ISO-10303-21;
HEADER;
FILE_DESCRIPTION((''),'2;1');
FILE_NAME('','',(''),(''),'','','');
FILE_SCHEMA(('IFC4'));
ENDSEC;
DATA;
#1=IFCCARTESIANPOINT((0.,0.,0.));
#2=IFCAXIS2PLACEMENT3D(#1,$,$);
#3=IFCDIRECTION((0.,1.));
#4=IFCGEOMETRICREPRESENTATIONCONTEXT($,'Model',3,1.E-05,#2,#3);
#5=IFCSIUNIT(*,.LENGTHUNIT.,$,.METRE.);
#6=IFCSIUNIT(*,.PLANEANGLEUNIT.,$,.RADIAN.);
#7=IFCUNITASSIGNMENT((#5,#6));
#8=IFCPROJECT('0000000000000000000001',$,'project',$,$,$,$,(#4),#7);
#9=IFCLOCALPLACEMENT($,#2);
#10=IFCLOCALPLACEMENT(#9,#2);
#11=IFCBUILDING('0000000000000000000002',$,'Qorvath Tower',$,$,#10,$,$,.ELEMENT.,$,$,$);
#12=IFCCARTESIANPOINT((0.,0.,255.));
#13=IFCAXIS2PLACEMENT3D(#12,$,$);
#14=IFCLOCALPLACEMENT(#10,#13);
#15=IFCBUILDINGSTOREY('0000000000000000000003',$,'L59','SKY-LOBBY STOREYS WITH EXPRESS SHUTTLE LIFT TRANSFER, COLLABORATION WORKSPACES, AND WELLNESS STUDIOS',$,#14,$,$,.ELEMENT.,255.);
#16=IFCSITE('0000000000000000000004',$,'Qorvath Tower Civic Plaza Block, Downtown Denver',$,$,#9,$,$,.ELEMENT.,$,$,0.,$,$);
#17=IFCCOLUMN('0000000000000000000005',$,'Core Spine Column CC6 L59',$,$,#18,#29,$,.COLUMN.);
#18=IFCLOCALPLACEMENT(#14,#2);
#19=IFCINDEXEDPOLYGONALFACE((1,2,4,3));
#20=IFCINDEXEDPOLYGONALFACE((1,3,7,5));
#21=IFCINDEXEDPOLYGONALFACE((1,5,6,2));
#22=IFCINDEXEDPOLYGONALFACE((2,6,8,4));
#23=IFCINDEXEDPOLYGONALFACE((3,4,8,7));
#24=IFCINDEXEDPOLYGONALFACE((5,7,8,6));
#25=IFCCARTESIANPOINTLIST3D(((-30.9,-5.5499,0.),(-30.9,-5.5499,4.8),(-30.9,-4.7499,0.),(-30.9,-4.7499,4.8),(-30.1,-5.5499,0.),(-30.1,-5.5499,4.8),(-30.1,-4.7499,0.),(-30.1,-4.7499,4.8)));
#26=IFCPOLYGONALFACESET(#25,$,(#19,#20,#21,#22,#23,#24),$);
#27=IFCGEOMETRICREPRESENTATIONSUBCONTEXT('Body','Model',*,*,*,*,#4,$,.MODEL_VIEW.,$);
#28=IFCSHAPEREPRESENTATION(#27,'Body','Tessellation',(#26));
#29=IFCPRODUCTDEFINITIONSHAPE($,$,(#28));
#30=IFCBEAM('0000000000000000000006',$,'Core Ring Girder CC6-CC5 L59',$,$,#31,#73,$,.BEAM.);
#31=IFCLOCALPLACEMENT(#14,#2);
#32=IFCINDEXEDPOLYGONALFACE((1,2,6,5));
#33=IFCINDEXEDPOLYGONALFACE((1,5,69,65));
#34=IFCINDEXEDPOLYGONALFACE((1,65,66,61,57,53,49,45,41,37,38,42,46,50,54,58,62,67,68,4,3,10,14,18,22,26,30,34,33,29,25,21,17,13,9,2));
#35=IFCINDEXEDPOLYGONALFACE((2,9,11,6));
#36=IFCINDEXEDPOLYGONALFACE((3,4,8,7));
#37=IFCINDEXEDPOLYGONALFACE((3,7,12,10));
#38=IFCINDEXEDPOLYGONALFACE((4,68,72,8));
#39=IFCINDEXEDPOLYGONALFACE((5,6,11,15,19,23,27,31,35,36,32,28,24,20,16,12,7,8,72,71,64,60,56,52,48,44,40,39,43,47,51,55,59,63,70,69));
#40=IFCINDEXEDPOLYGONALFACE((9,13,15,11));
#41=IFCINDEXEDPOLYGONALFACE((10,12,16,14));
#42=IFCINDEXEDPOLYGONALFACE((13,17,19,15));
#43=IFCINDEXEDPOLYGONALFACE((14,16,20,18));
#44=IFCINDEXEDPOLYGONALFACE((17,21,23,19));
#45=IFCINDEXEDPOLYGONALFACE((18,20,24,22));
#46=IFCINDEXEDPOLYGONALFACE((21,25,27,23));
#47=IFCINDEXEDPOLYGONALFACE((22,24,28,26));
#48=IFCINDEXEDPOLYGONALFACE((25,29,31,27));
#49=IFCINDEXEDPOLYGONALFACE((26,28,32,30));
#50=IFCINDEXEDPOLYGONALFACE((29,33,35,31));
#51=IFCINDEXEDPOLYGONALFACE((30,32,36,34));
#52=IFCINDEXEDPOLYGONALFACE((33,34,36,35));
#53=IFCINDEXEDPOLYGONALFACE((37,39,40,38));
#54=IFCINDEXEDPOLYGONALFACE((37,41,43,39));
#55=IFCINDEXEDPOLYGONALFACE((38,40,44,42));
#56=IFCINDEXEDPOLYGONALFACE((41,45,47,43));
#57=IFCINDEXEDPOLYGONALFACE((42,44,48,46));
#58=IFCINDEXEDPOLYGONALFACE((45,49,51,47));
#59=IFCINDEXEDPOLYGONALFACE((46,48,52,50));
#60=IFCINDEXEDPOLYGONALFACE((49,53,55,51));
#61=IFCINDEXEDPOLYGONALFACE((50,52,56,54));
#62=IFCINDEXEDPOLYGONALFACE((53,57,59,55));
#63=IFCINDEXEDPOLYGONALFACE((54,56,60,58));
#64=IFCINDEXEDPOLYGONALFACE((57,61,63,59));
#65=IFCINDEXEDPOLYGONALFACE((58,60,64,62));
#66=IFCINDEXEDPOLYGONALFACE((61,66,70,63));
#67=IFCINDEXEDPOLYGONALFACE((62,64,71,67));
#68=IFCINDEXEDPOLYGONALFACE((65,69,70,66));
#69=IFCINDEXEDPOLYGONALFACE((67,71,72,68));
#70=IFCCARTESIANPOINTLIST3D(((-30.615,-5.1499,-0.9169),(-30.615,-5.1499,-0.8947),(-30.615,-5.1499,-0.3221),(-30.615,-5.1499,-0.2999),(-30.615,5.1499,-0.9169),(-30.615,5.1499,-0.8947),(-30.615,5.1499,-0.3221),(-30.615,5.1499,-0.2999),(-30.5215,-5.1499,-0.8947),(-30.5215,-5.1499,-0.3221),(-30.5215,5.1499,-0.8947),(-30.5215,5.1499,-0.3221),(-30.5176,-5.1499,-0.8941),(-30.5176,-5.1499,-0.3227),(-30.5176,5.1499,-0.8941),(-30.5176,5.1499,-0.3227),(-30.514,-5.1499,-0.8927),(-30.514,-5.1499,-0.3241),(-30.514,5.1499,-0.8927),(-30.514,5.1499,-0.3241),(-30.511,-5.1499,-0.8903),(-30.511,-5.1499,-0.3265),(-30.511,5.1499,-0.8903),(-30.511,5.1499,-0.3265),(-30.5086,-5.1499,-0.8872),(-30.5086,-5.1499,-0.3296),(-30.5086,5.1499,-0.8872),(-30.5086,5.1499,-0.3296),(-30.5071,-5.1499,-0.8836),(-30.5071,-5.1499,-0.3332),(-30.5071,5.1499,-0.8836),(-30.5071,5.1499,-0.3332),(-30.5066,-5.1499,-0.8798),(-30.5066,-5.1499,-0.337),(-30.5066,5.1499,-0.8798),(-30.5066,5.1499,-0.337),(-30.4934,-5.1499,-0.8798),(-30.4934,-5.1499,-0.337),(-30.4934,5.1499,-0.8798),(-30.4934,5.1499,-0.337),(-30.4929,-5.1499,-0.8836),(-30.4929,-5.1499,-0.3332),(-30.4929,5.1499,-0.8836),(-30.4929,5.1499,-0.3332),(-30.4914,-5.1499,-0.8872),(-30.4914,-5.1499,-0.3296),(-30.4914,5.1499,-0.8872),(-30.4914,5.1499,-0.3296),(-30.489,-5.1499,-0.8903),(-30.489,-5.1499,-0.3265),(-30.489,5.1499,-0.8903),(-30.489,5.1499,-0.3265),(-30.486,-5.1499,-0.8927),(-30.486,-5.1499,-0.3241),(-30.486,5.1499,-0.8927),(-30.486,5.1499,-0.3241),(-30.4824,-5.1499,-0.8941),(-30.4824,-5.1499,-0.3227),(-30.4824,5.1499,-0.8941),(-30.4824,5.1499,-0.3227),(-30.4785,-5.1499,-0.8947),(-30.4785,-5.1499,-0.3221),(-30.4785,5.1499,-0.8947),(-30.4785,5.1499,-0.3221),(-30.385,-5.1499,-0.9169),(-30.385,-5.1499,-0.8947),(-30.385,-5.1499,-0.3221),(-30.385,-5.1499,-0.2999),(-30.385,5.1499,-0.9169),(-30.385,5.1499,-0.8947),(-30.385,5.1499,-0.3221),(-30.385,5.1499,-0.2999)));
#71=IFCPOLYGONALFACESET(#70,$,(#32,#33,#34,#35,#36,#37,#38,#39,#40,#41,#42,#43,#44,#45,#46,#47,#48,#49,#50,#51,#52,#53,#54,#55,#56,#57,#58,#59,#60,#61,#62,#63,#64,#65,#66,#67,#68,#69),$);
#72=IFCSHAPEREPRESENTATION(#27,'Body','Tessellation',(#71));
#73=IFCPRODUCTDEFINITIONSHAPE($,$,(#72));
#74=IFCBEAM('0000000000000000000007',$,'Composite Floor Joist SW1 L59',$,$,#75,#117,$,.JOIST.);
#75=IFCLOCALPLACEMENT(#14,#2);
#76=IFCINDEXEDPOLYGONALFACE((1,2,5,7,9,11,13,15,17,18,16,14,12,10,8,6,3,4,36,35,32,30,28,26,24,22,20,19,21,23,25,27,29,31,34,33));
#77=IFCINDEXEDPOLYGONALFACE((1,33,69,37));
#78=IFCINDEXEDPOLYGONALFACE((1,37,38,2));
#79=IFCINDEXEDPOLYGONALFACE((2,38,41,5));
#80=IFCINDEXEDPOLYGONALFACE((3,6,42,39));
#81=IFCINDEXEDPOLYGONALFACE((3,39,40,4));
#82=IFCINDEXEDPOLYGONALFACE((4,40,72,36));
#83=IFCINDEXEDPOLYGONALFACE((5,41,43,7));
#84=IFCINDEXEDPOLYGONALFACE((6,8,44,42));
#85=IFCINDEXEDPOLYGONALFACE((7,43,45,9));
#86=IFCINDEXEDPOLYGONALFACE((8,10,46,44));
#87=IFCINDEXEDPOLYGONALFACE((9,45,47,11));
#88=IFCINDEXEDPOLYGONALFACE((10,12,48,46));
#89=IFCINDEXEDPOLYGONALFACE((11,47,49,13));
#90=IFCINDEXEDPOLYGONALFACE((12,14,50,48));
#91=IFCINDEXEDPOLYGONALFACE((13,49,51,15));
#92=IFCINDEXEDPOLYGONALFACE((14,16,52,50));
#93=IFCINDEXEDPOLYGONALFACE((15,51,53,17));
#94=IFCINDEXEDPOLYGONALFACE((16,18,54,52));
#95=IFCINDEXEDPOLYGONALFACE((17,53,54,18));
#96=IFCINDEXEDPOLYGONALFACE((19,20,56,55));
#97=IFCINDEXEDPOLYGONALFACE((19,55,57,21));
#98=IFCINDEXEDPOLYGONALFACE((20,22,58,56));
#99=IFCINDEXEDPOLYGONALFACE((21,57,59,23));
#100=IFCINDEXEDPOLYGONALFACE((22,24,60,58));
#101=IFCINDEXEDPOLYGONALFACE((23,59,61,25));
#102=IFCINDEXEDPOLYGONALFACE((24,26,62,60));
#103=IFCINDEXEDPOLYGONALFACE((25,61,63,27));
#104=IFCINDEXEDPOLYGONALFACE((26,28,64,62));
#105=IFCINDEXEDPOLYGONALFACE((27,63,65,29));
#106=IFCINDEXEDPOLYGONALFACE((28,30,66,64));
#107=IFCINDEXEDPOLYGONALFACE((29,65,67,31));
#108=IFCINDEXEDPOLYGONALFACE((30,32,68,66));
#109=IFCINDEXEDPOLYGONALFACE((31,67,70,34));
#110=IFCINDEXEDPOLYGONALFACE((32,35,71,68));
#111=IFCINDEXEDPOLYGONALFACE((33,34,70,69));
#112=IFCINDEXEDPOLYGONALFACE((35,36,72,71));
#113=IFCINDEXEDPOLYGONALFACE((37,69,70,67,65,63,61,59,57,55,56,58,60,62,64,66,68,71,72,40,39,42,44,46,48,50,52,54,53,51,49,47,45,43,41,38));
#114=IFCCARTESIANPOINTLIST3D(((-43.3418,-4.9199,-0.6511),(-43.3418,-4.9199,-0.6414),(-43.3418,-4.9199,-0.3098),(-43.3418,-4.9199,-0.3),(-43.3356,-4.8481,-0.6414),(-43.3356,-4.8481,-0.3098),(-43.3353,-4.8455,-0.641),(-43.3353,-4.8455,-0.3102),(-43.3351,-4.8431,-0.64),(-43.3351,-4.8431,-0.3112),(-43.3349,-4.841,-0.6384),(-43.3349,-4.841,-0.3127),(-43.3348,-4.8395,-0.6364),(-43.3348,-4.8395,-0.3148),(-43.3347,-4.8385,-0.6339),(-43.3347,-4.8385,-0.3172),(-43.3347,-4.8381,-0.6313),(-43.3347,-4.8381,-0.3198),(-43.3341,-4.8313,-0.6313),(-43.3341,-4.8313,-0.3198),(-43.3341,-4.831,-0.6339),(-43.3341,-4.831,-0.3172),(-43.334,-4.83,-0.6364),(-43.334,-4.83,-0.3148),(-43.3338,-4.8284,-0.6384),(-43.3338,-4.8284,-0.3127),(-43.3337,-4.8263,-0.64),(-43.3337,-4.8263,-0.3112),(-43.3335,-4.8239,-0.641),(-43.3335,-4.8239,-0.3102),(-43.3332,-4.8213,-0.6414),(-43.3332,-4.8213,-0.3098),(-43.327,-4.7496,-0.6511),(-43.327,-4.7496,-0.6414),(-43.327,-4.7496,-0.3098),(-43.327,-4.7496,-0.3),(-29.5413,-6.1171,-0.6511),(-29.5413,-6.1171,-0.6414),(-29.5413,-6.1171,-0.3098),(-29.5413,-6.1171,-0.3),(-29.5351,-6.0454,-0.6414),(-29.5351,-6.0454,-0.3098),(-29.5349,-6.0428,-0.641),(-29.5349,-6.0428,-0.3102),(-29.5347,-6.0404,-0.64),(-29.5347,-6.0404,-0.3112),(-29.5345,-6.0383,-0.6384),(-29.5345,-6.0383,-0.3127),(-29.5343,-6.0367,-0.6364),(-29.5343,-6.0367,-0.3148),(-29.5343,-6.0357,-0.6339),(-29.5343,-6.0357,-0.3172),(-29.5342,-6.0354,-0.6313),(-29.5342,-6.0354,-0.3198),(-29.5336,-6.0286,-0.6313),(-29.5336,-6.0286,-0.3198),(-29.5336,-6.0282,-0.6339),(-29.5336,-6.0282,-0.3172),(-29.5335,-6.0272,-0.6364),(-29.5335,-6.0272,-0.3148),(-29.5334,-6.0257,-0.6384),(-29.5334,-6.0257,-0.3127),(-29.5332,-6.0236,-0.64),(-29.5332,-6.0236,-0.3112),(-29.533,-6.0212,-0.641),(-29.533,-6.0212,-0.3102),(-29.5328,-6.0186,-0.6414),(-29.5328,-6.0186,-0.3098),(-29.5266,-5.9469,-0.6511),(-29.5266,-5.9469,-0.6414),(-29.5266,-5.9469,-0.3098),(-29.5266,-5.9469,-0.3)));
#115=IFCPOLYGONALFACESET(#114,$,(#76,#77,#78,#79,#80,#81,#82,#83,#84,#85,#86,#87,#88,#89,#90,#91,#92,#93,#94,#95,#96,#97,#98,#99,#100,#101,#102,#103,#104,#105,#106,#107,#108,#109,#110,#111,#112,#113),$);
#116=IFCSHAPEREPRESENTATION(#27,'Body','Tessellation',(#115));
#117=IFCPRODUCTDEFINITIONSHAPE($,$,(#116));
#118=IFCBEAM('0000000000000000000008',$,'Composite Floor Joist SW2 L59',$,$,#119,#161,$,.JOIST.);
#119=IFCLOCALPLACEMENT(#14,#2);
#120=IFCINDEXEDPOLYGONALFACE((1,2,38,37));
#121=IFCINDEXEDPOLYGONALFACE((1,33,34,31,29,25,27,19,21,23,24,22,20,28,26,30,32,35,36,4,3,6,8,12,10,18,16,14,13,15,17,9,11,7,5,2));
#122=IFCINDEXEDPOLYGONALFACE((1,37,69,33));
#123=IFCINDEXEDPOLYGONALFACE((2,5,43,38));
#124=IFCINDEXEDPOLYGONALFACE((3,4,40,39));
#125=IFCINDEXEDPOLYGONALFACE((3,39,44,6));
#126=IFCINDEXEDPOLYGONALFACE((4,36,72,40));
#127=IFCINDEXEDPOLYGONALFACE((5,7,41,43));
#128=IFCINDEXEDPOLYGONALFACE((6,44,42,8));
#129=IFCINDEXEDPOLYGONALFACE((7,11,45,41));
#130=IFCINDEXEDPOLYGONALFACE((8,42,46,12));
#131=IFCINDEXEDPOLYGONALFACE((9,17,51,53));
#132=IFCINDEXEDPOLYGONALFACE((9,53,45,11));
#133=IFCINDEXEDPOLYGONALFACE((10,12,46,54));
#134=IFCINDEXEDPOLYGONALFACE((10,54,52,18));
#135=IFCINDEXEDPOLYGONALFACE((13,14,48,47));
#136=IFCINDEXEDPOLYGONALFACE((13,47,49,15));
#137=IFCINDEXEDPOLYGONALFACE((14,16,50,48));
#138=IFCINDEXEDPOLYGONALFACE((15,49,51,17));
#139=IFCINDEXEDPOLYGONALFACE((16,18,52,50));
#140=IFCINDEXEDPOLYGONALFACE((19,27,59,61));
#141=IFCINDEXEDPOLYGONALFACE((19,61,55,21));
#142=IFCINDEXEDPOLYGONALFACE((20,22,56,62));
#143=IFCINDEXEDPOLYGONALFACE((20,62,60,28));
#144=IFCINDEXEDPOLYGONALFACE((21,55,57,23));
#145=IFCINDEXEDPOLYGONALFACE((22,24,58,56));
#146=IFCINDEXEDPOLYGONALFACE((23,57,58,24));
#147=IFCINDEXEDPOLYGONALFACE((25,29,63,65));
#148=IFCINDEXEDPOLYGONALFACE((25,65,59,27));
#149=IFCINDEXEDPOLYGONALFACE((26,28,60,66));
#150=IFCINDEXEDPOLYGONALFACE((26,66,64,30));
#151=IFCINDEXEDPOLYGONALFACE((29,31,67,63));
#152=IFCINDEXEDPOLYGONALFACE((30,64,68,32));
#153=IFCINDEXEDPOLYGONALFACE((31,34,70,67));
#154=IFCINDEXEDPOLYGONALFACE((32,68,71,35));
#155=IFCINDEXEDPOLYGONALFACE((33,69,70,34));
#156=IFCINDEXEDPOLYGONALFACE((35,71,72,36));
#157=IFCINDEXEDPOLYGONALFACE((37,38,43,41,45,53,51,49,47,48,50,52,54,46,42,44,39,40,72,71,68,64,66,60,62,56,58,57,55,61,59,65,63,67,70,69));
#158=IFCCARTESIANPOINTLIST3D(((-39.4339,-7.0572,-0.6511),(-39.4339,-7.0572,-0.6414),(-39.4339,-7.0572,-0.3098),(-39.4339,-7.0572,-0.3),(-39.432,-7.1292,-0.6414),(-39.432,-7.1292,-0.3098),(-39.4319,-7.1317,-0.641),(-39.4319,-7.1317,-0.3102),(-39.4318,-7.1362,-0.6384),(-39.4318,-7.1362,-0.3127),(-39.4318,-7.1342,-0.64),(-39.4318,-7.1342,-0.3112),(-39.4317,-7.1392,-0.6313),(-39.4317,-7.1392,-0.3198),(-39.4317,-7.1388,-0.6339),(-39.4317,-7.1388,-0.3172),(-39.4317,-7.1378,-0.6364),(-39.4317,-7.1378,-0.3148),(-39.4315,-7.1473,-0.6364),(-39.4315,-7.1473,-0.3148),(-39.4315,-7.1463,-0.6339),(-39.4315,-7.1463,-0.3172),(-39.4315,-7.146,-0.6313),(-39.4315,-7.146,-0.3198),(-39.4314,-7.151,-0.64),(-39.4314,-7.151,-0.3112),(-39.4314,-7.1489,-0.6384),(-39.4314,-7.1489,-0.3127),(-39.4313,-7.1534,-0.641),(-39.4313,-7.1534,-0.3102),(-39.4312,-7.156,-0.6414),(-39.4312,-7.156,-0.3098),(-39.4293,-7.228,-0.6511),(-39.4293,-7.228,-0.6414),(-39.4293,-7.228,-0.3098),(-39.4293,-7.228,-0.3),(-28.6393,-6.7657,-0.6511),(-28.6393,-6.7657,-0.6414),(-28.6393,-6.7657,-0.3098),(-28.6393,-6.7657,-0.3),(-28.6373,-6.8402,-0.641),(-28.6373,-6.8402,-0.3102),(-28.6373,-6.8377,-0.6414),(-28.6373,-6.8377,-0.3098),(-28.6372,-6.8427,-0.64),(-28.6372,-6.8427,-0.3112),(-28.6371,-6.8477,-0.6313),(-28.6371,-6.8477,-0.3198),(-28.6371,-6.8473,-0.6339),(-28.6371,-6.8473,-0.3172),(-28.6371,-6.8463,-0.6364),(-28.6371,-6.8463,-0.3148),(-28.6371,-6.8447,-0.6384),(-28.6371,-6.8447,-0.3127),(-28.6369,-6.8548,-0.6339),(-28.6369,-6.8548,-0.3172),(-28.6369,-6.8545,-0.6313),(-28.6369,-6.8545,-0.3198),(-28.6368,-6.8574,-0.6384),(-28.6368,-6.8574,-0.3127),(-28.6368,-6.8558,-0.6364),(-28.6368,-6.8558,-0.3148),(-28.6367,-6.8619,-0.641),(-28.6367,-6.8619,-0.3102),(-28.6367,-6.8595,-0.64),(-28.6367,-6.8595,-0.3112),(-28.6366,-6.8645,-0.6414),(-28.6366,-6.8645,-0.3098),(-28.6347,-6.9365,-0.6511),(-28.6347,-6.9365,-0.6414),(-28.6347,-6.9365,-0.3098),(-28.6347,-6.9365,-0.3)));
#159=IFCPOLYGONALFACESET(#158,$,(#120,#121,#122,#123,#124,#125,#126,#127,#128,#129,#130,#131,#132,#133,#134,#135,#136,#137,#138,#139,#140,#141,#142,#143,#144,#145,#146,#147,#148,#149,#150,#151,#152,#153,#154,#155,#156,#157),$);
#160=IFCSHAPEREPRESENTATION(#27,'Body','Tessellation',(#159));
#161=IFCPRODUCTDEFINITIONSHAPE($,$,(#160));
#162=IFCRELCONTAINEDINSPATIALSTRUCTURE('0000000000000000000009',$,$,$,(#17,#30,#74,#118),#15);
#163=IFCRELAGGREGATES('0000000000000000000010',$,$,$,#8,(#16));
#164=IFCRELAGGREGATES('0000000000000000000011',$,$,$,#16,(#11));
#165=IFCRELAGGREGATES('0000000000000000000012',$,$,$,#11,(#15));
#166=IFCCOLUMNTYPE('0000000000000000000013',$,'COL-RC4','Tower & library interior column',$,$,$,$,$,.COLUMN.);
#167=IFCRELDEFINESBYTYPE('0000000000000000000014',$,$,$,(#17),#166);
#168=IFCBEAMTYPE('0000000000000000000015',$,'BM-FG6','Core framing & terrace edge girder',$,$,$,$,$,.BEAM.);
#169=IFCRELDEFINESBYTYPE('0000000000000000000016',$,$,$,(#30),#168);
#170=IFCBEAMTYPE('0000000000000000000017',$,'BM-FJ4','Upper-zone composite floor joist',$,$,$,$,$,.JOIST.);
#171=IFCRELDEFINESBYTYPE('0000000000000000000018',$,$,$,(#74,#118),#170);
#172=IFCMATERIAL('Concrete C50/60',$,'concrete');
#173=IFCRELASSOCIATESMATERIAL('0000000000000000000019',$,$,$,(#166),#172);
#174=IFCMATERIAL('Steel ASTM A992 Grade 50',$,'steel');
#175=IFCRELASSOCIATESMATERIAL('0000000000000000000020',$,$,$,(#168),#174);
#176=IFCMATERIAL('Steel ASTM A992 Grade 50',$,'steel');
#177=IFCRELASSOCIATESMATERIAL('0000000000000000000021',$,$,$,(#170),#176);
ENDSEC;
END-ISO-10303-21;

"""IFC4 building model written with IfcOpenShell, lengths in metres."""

from ifc_helpers import new_model, si_unit, direction, frame, origin, origin_2d, place, context, subcontext, project, spatial, rectangle, i_section, extrude, material, material_profile, profile_set, type_object, element, save


model = new_model("IFC4")

# Units and contexts
model_context = context("Model", 3, precision=1e-05, world=origin(), true_north=direction((0.0, 1.0)))
body_context = subcontext(model_context, "Body", "Model", "MODEL_VIEW")
ifc_project = project(units=[si_unit("LENGTHUNIT", "METRE"), si_unit("PLANEANGLEUNIT", "RADIAN")], contexts=[model_context])

# Site, building, storey
site_placement = place(None, origin())
site = spatial("IfcSite", under=ifc_project, at=site_placement, Name="Qorvath Tower Civic Plaza Block, Downtown Denver", CompositionType="ELEMENT", RefElevation=0.0)
building_placement = place(site_placement, origin())
building = spatial("IfcBuilding", under=site, at=building_placement, Name="Qorvath Tower", CompositionType="ELEMENT")
storey_placement = place(building_placement, frame((0.0, 0.0, 255.0)))
storey = spatial("IfcBuildingStorey", under=building, at=storey_placement, Name="L59", Description="SKY-LOBBY STOREYS WITH EXPRESS SHUTTLE LIFT TRANSFER, COLLABORATION WORKSPACES, AND WELLNESS STUDIOS", CompositionType="ELEMENT", Elevation=255.0)

# Column
ifc_material_1 = material(Name="Concrete C50/60", Category="concrete")
ifc_material_profile_1 = material_profile(ifc_material_1, rectangle(XDim=0.8, YDim=0.8, at=origin_2d()), Name="RC 800x800")
ifc_profile_set_1 = profile_set([ifc_material_profile_1], Name="Concrete C50/60")
column_type = type_object("IfcColumnType", Name="COL-RC4", Description="Tower & library interior column", PredefinedType="COLUMN", material=ifc_profile_set_1)
column_placement = place(storey_placement, frame((-30.5, -5.1499, 0.0), z_axis=(0.0, 0.0, 1.0), x_axis=(1.0, 0.0, 0.0)))
element("IfcColumn", 1, at=column_placement, inside=storey, type_object=column_type, Name="Core Spine Column CC6 L59", PredefinedType="COLUMN", context=body_context, shape_type="SweptSolid", body=[
    extrude(rectangle(XDim=0.8, YDim=0.8, at=origin_2d()), origin(), (0.0, 0.0, 1.0), 4.8),
])

# Beams
ifc_material_2 = material(Name="Steel ASTM A992 Grade 50", Category="steel")
ifc_material_profile_2 = material_profile(ifc_material_2, i_section(OverallWidth=0.23, OverallDepth=0.6169, WebThickness=0.0132, FlangeThickness=0.0222, FilletRadius=0.0149, at=origin_2d()), Name="W24x94")
ifc_profile_set_2 = profile_set([ifc_material_profile_2], Name="Steel ASTM A992 Grade 50")
beam_type_1 = type_object("IfcBeamType", Name="BM-FG6", Description="Core framing & terrace edge girder", PredefinedType="BEAM", material=ifc_profile_set_2)
beam_1_placement = place(storey_placement, frame((-30.5, -5.1499, -0.6084), z_axis=(0.0, 1.0, 0.0), x_axis=(-1.0, 0.0, 0.0)))
element("IfcBeam", 2, at=beam_1_placement, inside=storey, type_object=beam_type_1, Name="Core Ring Girder CC6-CC5 L59", PredefinedType="BEAM", context=body_context, shape_type="SweptSolid", body=[
    extrude(i_section(OverallWidth=0.23, OverallDepth=0.6169, WebThickness=0.0132, FlangeThickness=0.0222, FilletRadius=0.0149, at=origin_2d()), origin(), (0.0, 0.0, 1.0), 10.2998),
])
ifc_material_3 = material(Name="Steel ASTM A992 Grade 50", Category="steel")
ifc_material_profile_3 = material_profile(ifc_material_3, i_section(OverallWidth=0.1709, OverallDepth=0.3511, WebThickness=0.0068, FlangeThickness=0.0098, FilletRadius=0.01, at=origin_2d()), Name="W14x30")
ifc_profile_set_3 = profile_set([ifc_material_profile_3], Name="Steel ASTM A992 Grade 50")
beam_type_2 = type_object("IfcBeamType", Name="BM-FJ4", Description="Upper-zone composite floor joist", PredefinedType="JOIST", material=ifc_profile_set_3)
beam_2_placement = place(storey_placement, frame((-29.5339, -6.032, -0.4756), z_axis=(-0.996258, 0.08643, 0.0), x_axis=(-0.08643, -0.996258, 0.0)))
element("IfcBeam", 3, at=beam_2_placement, inside=storey, type_object=beam_type_2, Name="Composite Floor Joist SW1 L59", PredefinedType="JOIST", context=body_context, shape_type="SweptSolid", body=[
    extrude(i_section(OverallWidth=0.1709, OverallDepth=0.3511, WebThickness=0.0068, FlangeThickness=0.0098, FilletRadius=0.01, at=origin_2d()), origin(), (0.0, 0.0, 1.0), 13.8523),
])
beam_3_placement = place(storey_placement, frame((-28.637, -6.8511, -0.4756), z_axis=(-0.999636, -0.026995, 0.0), x_axis=(0.026995, -0.999636, 0.0)))
element("IfcBeam", 4, at=beam_3_placement, inside=storey, type_object=beam_type_2, Name="Composite Floor Joist SW2 L59", PredefinedType="JOIST", context=body_context, shape_type="SweptSolid", body=[
    extrude(i_section(OverallWidth=0.1709, OverallDepth=0.3511, WebThickness=0.0068, FlangeThickness=0.0098, FilletRadius=0.01, at=origin_2d()), origin(), (0.0, 0.0, 1.0), 10.7986),
])

save(model, "model.ifc")
